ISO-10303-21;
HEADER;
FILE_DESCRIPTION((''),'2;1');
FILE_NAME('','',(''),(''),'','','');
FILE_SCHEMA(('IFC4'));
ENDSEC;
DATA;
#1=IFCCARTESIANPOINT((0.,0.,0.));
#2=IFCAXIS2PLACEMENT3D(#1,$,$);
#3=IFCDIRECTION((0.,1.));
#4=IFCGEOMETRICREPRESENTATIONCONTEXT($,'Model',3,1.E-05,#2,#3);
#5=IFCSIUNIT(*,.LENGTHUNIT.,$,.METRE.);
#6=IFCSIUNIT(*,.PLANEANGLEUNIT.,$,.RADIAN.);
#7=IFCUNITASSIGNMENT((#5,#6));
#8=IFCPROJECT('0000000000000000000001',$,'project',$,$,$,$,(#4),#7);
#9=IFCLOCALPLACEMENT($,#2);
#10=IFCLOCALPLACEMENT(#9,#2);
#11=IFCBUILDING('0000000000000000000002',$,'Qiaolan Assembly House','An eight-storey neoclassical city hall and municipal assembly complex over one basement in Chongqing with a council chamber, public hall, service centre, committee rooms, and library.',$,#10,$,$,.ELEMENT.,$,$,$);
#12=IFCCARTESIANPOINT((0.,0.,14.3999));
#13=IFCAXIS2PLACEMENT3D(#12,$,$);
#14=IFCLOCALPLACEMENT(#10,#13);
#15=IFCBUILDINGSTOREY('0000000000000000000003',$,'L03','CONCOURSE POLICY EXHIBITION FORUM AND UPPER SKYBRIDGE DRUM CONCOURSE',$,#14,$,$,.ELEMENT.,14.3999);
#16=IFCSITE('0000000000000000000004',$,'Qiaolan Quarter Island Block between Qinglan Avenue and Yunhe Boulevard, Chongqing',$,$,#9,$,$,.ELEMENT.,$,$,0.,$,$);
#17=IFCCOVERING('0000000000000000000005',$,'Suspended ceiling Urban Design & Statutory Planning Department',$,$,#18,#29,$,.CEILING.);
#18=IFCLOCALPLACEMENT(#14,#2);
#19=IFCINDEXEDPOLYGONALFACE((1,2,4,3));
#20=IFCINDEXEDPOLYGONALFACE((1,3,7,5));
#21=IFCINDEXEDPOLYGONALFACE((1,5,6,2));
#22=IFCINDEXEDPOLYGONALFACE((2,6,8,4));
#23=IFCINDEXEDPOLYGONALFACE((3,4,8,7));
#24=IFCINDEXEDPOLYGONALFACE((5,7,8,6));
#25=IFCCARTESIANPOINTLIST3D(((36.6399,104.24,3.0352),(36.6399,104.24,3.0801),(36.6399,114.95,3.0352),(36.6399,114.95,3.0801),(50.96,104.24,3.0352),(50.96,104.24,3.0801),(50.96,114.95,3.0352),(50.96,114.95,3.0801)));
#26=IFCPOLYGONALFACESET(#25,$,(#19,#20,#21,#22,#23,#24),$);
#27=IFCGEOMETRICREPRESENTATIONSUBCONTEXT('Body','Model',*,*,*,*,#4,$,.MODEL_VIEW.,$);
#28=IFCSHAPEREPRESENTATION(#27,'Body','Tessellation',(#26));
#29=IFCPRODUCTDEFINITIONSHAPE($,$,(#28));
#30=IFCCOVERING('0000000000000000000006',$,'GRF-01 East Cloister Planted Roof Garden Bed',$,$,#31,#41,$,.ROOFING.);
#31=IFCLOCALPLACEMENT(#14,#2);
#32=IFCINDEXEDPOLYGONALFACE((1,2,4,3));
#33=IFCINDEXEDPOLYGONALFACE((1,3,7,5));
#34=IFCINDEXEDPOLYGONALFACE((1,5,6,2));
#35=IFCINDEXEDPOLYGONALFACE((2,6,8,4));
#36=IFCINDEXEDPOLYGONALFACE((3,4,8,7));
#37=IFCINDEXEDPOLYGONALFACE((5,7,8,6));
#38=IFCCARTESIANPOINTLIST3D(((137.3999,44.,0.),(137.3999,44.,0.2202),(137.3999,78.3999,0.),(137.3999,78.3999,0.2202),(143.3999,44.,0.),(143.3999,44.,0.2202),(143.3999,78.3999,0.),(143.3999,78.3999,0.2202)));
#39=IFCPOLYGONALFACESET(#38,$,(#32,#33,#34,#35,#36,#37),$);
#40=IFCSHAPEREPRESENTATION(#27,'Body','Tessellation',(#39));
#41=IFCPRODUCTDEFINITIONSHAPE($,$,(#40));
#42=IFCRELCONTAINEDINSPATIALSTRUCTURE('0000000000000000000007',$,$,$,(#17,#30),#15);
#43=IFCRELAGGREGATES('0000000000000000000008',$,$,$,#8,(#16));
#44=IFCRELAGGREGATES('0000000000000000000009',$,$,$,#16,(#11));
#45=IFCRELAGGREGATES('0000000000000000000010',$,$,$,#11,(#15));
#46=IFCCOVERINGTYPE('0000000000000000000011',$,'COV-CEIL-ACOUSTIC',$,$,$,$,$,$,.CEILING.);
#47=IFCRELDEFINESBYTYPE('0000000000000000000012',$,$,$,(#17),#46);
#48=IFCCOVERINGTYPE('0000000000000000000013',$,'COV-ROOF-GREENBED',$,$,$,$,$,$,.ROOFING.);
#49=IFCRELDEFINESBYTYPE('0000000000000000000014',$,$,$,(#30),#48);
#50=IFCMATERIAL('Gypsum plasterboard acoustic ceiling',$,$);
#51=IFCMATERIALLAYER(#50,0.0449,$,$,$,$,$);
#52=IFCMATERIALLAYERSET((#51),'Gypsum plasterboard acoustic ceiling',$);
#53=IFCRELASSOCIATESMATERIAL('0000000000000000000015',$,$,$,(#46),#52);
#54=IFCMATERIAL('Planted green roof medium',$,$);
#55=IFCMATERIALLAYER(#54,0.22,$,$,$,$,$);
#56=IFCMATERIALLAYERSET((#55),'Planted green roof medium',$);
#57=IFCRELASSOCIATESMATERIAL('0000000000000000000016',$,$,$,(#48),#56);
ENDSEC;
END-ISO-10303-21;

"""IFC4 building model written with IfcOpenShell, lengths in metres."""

from ifc_helpers import new_model, si_unit, direction, frame, origin, place, context, subcontext, project, spatial, polyline, outline, extrude, material, layer, layer_set, type_object, element, save


model = new_model("IFC4")

# Units and contexts
model_context = context("Model", 3, precision=1e-05, world=origin(), true_north=direction((0.0, 1.0)))
body_context = subcontext(model_context, "Body", "Model", "MODEL_VIEW")
ifc_project = project(units=[si_unit("LENGTHUNIT", "METRE"), si_unit("PLANEANGLEUNIT", "RADIAN")], contexts=[model_context])

# Site, building, storey
site_placement = place(None, origin())
site = spatial("IfcSite", under=ifc_project, at=site_placement, Name="Qiaolan Quarter Island Block between Qinglan Avenue and Yunhe Boulevard, Chongqing", CompositionType="ELEMENT", RefElevation=0.0)
building_placement = place(site_placement, origin())
building = spatial("IfcBuilding", under=site, at=building_placement, Name="Qiaolan Assembly House", Description="An eight-storey neoclassical city hall and municipal assembly complex over one basement in Chongqing with a council chamber, public hall, service centre, committee rooms, and library.", CompositionType="ELEMENT")
storey_placement = place(building_placement, frame((0.0, 0.0, 14.3999)))
storey = spatial("IfcBuildingStorey", under=building, at=storey_placement, Name="L03", Description="CONCOURSE POLICY EXHIBITION FORUM AND UPPER SKYBRIDGE DRUM CONCOURSE", CompositionType="ELEMENT", Elevation=14.3999)

# Coverings
ifc_material_1 = material(Name="Gypsum plasterboard acoustic ceiling")
ifc_layer_1 = layer(ifc_material_1, 0.0449)
ifc_layer_set_1 = layer_set([ifc_layer_1], Name="Gypsum plasterboard acoustic ceiling")
covering_type_1 = type_object("IfcCoveringType", Name="COV-CEIL-ACOUSTIC", PredefinedType="CEILING", material=ifc_layer_set_1)
covering_1_placement = place(storey_placement, frame((0.0, 0.0, 3.0352)))
element("IfcCovering", 1, at=covering_1_placement, inside=storey, type_object=covering_type_1, Name="Suspended ceiling Urban Design & Statutory Planning Department", PredefinedType="CEILING", context=body_context, shape_type="SweptSolid", body=[
    extrude(outline(polyline([(36.6399, 104.24), (50.96, 104.24), (50.96, 114.95), (36.6399, 114.95), (36.6399, 104.24)])), origin(), (0.0, 0.0, 1.0), 0.0449),
])
ifc_material_2 = material(Name="Planted green roof medium")
ifc_layer_2 = layer(ifc_material_2, 0.22)
ifc_layer_set_2 = layer_set([ifc_layer_2], Name="Planted green roof medium")
covering_type_2 = type_object("IfcCoveringType", Name="COV-ROOF-GREENBED", PredefinedType="ROOFING", material=ifc_layer_set_2)
covering_2_placement = place(storey_placement, origin())
element("IfcCovering", 2, at=covering_2_placement, inside=storey, type_object=covering_type_2, Name="GRF-01 East Cloister Planted Roof Garden Bed", PredefinedType="ROOFING", context=body_context, shape_type="SweptSolid", body=[
    extrude(outline(polyline([(137.3999, 44.0), (143.3999, 44.0), (143.3999, 78.3999), (137.3999, 78.3999), (137.3999, 44.0)])), origin(), (0.0, 0.0, 1.0), 0.2202),
])

save(model, "model.ifc")
